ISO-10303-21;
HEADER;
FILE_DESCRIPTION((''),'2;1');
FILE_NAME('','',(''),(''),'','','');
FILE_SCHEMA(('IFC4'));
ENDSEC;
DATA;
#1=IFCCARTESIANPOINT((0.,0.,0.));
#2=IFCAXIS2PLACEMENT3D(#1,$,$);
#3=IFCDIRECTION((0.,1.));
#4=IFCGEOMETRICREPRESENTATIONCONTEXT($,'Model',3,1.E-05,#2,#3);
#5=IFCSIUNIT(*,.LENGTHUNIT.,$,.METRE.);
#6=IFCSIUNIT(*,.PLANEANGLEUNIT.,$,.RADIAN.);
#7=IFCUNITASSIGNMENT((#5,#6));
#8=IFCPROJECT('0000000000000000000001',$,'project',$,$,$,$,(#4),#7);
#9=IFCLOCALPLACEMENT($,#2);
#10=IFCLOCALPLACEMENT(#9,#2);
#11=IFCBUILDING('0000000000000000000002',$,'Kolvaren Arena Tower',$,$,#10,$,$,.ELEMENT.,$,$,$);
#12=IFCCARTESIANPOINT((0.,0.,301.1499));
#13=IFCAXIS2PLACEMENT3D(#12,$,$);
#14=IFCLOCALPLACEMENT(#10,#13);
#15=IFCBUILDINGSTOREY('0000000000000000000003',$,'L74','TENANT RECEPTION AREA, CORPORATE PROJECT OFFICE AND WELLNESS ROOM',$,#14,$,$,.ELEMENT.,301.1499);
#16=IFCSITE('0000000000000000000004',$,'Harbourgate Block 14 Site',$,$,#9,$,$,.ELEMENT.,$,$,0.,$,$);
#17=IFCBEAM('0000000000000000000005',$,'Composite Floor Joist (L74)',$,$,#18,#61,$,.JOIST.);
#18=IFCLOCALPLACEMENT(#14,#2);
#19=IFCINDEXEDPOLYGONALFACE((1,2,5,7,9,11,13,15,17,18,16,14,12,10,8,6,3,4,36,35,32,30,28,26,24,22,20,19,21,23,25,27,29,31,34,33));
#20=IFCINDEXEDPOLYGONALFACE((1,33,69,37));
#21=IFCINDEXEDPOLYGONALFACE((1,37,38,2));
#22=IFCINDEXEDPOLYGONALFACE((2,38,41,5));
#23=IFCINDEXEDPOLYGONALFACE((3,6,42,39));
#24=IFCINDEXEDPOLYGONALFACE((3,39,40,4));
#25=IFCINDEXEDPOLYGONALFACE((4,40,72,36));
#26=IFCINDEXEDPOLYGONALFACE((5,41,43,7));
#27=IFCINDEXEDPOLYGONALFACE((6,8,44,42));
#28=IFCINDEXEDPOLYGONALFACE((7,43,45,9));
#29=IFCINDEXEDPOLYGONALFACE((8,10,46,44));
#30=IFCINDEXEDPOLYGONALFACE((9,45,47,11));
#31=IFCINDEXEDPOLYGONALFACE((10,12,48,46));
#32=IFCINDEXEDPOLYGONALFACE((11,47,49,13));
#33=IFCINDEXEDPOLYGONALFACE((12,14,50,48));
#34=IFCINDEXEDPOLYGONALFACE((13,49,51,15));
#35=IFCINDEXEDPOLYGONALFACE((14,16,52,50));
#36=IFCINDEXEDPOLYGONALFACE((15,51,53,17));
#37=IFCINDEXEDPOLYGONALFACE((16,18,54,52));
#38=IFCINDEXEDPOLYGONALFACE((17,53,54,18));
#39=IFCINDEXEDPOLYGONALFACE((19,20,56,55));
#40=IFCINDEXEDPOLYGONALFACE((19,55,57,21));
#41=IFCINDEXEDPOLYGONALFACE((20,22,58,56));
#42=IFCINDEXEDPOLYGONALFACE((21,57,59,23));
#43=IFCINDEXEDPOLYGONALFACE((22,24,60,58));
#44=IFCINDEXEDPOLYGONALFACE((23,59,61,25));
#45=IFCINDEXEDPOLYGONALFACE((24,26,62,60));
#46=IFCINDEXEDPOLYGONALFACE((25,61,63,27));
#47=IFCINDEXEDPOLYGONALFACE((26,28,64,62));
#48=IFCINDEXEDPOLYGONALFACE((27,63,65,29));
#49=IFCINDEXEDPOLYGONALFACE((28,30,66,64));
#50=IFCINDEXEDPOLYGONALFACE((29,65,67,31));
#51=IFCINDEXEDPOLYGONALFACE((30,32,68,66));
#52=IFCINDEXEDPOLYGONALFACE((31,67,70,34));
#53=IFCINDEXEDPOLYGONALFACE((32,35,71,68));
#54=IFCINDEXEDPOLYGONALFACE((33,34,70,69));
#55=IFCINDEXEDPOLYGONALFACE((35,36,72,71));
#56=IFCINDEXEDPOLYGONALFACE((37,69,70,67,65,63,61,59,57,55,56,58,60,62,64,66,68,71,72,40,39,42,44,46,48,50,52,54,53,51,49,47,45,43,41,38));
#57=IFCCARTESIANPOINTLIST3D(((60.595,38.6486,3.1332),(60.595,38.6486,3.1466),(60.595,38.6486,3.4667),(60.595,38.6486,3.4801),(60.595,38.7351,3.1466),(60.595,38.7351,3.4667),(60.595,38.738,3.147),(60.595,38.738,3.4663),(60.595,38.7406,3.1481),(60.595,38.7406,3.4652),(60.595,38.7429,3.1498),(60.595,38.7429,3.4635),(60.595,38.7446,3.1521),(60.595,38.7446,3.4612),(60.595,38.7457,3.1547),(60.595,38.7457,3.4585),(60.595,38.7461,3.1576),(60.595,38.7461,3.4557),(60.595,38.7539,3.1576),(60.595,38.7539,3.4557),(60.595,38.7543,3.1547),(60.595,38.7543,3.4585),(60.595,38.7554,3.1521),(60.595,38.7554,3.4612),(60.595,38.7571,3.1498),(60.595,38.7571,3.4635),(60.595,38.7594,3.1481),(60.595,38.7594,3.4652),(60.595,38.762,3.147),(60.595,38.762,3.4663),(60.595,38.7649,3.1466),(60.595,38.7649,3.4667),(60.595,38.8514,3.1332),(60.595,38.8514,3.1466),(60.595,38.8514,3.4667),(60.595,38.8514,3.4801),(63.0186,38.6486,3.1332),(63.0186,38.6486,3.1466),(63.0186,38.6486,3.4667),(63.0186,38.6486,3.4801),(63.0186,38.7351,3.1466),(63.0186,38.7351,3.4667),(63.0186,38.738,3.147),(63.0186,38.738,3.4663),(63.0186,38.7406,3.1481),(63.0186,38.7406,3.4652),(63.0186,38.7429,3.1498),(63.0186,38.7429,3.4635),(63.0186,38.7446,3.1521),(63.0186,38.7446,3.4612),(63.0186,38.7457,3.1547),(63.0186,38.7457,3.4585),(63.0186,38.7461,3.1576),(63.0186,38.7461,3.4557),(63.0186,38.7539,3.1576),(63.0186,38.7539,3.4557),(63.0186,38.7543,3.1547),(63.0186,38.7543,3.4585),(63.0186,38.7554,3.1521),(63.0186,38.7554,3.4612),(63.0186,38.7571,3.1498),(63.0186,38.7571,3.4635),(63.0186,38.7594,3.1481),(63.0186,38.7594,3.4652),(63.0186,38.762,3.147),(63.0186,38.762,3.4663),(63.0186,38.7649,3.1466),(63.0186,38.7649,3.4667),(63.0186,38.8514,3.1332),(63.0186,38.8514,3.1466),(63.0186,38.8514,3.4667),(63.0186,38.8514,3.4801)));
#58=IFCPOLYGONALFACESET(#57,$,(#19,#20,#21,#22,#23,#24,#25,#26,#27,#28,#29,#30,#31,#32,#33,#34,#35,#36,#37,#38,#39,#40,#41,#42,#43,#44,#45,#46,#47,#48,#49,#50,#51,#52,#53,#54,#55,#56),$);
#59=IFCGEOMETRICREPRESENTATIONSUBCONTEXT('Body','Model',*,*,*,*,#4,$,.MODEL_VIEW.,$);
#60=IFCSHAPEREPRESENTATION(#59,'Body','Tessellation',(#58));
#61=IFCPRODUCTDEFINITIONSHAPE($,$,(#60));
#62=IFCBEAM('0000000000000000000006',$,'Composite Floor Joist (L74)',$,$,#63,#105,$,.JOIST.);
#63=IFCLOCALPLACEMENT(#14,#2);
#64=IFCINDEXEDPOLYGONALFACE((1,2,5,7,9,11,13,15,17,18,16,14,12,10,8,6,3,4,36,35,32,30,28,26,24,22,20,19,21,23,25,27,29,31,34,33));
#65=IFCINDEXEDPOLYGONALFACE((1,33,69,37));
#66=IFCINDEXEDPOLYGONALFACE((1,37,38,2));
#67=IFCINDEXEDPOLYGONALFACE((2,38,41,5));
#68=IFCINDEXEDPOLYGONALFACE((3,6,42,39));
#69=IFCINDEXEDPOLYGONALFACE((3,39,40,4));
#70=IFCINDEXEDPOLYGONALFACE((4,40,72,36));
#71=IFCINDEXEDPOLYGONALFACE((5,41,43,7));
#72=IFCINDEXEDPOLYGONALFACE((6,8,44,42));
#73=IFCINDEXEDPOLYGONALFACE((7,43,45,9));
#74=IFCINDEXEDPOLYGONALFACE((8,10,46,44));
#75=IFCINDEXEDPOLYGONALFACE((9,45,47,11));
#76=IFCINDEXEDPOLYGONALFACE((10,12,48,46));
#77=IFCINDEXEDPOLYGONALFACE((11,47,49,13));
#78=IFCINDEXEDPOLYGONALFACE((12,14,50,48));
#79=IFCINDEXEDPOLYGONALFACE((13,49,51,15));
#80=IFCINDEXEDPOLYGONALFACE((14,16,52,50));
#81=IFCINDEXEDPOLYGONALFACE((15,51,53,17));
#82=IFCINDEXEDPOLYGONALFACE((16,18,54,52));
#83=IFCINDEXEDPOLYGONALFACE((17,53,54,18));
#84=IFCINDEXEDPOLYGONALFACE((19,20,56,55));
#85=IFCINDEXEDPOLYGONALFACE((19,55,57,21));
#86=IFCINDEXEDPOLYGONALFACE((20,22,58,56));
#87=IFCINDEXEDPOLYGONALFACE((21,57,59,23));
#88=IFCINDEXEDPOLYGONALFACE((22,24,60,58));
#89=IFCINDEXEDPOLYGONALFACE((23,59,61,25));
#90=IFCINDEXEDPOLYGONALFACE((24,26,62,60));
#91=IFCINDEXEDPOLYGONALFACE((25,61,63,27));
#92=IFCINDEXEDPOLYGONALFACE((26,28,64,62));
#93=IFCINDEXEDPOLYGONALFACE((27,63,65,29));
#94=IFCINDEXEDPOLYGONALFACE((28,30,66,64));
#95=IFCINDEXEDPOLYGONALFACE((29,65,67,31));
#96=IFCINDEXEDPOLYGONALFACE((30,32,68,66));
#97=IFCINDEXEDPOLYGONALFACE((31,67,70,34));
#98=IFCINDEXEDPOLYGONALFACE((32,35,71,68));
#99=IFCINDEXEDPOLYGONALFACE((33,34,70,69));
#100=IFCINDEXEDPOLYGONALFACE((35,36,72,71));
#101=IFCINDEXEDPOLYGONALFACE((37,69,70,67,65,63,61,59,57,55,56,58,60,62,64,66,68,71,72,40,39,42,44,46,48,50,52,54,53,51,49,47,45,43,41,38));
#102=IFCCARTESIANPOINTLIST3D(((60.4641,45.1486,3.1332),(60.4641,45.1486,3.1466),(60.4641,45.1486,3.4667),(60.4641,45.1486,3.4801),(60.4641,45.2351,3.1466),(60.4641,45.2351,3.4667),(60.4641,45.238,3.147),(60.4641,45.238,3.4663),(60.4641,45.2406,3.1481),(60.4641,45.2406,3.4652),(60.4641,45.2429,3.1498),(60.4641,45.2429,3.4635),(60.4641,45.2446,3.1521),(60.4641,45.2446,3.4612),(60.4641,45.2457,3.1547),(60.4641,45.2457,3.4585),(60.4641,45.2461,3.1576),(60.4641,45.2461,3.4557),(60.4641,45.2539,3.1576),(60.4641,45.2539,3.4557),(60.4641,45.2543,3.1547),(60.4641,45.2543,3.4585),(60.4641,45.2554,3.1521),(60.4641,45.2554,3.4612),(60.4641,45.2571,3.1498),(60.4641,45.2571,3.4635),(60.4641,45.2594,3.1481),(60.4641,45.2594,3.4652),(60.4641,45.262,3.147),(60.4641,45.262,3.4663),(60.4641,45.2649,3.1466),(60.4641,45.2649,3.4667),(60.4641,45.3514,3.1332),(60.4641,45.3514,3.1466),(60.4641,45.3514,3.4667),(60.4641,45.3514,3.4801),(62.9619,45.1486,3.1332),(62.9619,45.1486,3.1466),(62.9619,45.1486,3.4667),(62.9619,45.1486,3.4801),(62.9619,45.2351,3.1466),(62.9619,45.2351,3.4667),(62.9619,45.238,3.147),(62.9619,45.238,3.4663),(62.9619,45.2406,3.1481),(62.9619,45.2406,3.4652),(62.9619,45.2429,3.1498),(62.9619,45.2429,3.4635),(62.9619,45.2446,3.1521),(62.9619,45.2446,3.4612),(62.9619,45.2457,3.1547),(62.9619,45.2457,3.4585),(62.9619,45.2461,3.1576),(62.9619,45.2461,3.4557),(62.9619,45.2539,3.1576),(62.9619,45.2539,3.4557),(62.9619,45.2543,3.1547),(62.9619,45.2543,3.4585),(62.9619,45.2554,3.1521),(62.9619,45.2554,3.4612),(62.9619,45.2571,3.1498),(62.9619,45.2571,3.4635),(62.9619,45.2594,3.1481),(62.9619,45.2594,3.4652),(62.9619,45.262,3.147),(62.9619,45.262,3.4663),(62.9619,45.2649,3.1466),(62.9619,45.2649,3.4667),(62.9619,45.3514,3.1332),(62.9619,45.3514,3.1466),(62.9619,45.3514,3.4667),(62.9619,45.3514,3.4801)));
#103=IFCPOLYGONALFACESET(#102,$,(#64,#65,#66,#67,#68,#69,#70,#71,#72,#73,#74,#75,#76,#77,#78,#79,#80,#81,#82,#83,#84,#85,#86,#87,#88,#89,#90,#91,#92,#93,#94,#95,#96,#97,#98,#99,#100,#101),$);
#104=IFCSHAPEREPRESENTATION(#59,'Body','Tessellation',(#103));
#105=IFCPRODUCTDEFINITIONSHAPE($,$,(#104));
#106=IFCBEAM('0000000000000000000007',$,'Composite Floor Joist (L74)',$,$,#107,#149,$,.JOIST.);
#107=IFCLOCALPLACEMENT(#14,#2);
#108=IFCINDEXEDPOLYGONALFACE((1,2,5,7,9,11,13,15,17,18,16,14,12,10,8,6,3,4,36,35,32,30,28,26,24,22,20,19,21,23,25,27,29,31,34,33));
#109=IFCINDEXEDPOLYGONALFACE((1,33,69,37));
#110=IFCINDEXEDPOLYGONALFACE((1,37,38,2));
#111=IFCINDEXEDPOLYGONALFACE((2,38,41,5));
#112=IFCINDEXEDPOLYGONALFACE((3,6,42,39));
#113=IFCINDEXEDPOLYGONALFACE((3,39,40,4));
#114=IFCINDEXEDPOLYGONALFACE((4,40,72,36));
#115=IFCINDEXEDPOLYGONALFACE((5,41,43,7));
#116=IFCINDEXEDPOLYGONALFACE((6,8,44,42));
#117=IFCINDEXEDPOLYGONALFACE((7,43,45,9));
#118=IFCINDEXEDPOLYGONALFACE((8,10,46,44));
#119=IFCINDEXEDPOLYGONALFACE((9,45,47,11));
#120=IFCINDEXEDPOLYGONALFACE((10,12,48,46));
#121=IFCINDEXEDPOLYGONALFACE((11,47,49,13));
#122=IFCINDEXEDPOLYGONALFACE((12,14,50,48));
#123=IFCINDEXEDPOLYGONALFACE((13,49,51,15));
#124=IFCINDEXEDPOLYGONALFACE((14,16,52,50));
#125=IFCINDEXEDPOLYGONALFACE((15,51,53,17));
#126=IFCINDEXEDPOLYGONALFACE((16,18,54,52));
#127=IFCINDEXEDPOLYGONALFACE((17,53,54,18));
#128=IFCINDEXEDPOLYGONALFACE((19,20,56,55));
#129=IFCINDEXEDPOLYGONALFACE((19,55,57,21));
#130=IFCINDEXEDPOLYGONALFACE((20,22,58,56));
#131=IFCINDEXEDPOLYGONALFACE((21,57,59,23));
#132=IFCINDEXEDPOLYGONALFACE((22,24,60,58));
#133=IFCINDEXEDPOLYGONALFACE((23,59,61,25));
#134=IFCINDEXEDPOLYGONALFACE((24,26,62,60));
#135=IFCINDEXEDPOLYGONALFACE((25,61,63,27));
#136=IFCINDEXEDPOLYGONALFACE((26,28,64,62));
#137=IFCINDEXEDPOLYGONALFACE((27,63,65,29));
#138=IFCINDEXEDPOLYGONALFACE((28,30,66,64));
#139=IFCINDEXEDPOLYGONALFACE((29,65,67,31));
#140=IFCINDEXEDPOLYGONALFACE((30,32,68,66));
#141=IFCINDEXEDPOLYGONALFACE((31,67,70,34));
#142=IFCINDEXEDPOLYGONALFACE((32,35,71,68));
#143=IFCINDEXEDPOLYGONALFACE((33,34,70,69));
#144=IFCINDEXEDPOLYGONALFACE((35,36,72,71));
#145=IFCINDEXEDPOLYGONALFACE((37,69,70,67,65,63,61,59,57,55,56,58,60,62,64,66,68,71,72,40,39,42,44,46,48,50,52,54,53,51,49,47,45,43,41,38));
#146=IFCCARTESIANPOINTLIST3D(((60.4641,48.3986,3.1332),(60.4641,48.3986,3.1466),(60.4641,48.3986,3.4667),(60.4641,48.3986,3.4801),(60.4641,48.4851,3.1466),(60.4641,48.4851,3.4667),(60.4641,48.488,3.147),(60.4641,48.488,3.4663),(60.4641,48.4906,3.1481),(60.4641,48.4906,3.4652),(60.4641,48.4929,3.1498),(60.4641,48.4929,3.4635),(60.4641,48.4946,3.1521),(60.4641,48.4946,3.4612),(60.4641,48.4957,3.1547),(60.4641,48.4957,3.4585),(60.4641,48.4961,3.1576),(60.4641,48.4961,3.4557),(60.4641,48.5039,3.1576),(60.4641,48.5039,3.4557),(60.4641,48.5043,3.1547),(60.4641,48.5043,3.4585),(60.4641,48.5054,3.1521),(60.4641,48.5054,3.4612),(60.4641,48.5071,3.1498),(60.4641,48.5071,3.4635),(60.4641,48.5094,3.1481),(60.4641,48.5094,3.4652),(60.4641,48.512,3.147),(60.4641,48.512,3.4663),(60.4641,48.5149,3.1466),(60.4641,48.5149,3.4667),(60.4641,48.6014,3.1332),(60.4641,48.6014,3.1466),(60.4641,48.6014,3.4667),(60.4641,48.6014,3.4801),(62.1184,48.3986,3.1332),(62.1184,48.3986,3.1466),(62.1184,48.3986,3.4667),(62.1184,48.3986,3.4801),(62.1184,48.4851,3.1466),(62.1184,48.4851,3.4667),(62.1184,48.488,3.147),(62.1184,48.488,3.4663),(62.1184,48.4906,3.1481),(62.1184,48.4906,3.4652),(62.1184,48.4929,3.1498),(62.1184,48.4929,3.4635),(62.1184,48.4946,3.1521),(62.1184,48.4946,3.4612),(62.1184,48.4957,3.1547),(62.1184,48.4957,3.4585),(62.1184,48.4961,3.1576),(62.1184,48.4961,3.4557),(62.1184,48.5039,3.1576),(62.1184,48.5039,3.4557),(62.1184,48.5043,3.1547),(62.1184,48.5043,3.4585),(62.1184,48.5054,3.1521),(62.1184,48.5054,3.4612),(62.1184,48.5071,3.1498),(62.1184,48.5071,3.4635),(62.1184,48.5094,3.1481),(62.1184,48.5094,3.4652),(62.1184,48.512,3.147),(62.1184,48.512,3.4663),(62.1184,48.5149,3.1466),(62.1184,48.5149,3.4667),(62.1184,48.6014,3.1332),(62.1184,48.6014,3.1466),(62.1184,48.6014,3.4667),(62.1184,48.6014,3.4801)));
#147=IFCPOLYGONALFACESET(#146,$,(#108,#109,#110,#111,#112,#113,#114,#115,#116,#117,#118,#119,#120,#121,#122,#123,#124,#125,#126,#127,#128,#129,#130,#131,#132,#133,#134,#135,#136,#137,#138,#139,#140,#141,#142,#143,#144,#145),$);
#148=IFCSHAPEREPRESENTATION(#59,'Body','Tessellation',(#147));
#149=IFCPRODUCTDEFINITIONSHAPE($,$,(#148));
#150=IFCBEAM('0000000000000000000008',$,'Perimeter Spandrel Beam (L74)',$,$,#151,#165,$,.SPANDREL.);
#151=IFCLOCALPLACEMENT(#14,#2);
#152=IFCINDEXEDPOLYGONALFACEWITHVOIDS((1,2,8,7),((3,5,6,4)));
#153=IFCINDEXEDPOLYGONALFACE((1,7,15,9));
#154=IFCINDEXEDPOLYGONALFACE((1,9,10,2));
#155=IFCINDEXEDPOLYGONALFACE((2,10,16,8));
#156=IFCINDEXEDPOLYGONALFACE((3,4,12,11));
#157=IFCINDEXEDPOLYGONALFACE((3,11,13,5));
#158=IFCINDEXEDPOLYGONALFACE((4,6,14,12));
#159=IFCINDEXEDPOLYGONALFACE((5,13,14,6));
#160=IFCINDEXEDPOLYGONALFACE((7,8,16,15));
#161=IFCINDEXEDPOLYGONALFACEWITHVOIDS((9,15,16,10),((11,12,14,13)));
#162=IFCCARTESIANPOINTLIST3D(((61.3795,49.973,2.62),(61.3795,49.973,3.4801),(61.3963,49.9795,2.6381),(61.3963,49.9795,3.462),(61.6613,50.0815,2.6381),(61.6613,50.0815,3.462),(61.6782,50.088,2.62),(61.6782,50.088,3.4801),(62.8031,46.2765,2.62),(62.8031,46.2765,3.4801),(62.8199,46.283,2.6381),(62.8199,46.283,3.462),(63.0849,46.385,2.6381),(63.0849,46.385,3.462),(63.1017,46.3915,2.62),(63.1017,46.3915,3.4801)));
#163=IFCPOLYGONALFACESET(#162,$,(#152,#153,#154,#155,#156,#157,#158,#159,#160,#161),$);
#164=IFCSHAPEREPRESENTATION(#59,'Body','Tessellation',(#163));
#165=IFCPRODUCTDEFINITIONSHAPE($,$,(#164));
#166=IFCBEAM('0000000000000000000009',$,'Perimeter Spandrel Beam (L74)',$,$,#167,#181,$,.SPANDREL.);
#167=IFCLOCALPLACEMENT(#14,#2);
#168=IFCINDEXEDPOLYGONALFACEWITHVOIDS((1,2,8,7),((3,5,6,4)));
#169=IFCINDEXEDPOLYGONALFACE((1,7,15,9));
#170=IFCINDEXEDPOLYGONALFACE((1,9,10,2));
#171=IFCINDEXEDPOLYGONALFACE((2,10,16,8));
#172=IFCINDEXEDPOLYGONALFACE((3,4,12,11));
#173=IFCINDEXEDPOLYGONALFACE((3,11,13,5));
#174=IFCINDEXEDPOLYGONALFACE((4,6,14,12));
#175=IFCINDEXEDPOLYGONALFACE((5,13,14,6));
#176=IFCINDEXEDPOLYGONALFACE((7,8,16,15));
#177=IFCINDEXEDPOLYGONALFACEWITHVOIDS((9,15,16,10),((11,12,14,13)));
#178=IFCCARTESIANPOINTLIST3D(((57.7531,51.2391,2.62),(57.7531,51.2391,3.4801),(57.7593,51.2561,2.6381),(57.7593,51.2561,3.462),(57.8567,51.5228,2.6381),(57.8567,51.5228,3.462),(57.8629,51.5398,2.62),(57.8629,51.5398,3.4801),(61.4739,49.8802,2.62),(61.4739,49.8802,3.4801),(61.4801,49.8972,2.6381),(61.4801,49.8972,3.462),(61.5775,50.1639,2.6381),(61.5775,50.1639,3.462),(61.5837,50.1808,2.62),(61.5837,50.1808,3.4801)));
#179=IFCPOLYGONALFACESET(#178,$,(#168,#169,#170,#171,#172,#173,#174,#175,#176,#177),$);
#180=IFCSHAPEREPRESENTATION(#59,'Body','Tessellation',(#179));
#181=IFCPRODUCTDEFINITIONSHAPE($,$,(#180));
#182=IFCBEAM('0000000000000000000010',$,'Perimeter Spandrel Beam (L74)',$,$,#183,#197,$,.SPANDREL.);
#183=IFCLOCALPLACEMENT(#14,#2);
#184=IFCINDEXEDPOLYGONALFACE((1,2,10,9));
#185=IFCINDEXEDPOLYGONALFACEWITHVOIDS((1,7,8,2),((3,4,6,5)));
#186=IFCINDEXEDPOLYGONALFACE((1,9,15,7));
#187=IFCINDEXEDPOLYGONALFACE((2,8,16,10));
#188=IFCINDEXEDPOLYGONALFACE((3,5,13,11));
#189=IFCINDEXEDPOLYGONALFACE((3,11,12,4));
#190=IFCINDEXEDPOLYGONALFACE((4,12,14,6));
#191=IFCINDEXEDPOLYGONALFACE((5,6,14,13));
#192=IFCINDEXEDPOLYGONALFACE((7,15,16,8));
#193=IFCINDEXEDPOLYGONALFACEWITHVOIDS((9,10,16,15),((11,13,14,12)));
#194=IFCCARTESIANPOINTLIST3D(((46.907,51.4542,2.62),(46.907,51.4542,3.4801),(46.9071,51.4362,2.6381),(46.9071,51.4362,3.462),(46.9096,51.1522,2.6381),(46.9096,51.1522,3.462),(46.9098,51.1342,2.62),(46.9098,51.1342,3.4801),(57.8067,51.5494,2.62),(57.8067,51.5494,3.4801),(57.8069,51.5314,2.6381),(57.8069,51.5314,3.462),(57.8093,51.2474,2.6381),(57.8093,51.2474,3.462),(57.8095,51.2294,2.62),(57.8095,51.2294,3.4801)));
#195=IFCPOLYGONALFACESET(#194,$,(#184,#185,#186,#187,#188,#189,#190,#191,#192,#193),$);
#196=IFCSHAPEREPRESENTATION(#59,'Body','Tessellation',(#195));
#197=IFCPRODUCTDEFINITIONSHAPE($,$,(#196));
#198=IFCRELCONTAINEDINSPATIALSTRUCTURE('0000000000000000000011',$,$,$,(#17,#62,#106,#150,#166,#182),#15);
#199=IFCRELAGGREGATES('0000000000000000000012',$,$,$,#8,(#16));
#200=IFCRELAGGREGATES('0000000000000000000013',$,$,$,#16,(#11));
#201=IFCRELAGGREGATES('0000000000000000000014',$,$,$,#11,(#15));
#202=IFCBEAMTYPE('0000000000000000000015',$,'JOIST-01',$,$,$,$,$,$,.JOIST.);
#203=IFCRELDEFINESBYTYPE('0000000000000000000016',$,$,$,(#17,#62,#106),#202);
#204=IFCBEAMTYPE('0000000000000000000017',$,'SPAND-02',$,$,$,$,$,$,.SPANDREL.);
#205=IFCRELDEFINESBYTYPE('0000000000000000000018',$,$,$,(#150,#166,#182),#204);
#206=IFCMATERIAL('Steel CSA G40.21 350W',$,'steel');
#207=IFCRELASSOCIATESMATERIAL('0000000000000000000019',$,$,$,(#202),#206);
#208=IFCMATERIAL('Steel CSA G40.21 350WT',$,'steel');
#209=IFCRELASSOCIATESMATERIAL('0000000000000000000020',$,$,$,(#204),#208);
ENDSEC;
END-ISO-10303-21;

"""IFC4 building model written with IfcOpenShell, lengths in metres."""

from ifc_helpers import new_model, si_unit, direction, frame, origin, origin_2d, place, context, subcontext, project, spatial, hollow_rectangle, i_section, extrude, material, material_profile, profile_set, type_object, element, save


model = new_model("IFC4")

# Units and contexts
model_context = context("Model", 3, precision=1e-05, world=origin(), true_north=direction((0.0, 1.0)))
body_context = subcontext(model_context, "Body", "Model", "MODEL_VIEW")
ifc_project = project(units=[si_unit("LENGTHUNIT", "METRE"), si_unit("PLANEANGLEUNIT", "RADIAN")], contexts=[model_context])

# Site, building, storey
site_placement = place(None, origin())
site = spatial("IfcSite", under=ifc_project, at=site_placement, Name="Harbourgate Block 14 Site", CompositionType="ELEMENT", RefElevation=0.0)
building_placement = place(site_placement, origin())
building = spatial("IfcBuilding", under=site, at=building_placement, Name="Kolvaren Arena Tower", CompositionType="ELEMENT")
storey_placement = place(building_placement, frame((0.0, 0.0, 301.1499)))
storey = spatial("IfcBuildingStorey", under=building, at=storey_placement, Name="L74", Description="TENANT RECEPTION AREA, CORPORATE PROJECT OFFICE AND WELLNESS ROOM", CompositionType="ELEMENT", Elevation=301.1499)

# Beams
ifc_material_1 = material(Name="Steel CSA G40.21 350W", Category="steel")
ifc_material_profile_1 = material_profile(ifc_material_1, i_section(OverallWidth=0.2029, OverallDepth=0.3469, WebThickness=0.0078, FlangeThickness=0.0134, FilletRadius=0.011, at=origin_2d()), Name="W360x64")
ifc_profile_set_1 = profile_set([ifc_material_profile_1], Name="Steel CSA G40.21 350W")
beam_type_1 = type_object("IfcBeamType", Name="JOIST-01", PredefinedType="JOIST", material=ifc_profile_set_1)
beam_1_placement = place(storey_placement, frame((60.595, 38.75, 3.3066), z_axis=(1.0, 0.0, 0.0), x_axis=(0.0, 1.0, 0.0)))
element("IfcBeam", 1, at=beam_1_placement, inside=storey, type_object=beam_type_1, Name="Composite Floor Joist (L74)", PredefinedType="JOIST", context=body_context, shape_type="SweptSolid", body=[
    extrude(i_section(OverallWidth=0.2029, OverallDepth=0.3469, WebThickness=0.0078, FlangeThickness=0.0134, FilletRadius=0.011, at=origin_2d()), origin(), (0.0, 0.0, 1.0), 2.4236),
])
beam_2_placement = place(storey_placement, frame((60.4641, 45.25, 3.3066), z_axis=(1.0, 0.0, 0.0), x_axis=(0.0, 1.0, 0.0)))
element("IfcBeam", 2, at=beam_2_placement, inside=storey, type_object=beam_type_1, Name="Composite Floor Joist (L74)", PredefinedType="JOIST", context=body_context, shape_type="SweptSolid", body=[
    extrude(i_section(OverallWidth=0.2029, OverallDepth=0.3469, WebThickness=0.0078, FlangeThickness=0.0134, FilletRadius=0.011, at=origin_2d()), origin(), (0.0, 0.0, 1.0), 2.4978),
])
beam_3_placement = place(storey_placement, frame((60.4641, 48.5, 3.3066), z_axis=(1.0, 0.0, 0.0), x_axis=(0.0, 1.0, 0.0)))
element("IfcBeam", 3, at=beam_3_placement, inside=storey, type_object=beam_type_1, Name="Composite Floor Joist (L74)", PredefinedType="JOIST", context=body_context, shape_type="SweptSolid", body=[
    extrude(i_section(OverallWidth=0.2029, OverallDepth=0.3469, WebThickness=0.0078, FlangeThickness=0.0134, FilletRadius=0.011, at=origin_2d()), origin(), (0.0, 0.0, 1.0), 1.6543),
])
ifc_material_2 = material(Name="Steel CSA G40.21 350WT", Category="steel")
ifc_material_profile_2 = material_profile(ifc_material_2, hollow_rectangle(XDim=0.3201, YDim=0.8601, WallThickness=0.0181, at=origin_2d()), Name="HSS 860x320x18")
ifc_profile_set_2 = profile_set([ifc_material_profile_2], Name="Steel CSA G40.21 350WT")
beam_type_2 = type_object("IfcBeamType", Name="SPAND-02", PredefinedType="SPANDREL", material=ifc_profile_set_2)
for number, where, z_axis, x_axis, name in (
    (4, (62.9524, 46.334, 3.05), (-0.359384, 0.93319, 0.0), (-0.93319, -0.359384, 0.0), "Perimeter Spandrel Beam (L74)"),
    (5, (61.5288, 50.0305, 3.05), (-0.939314, 0.343059, 0.0), (-0.343059, -0.939314, 0.0), "Perimeter Spandrel Beam (L74)"),
):
    element("IfcBeam", number, at=place(storey_placement, frame(where, z_axis=z_axis, x_axis=x_axis)), inside=storey, type_object=beam_type_2, Name=name, PredefinedType="SPANDREL", context=body_context, shape_type="SweptSolid", body=[
        extrude(hollow_rectangle(XDim=0.3201, YDim=0.8601, WallThickness=0.0181, at=origin_2d()), origin(), (0.0, 0.0, 1.0), 3.9612),
    ])
beam_4_placement = place(storey_placement, frame((57.8081, 51.3894, 3.05), z_axis=(-0.999962, -0.008735, 0.0), x_axis=(0.008735, -0.999962, 0.0)))
element("IfcBeam", 6, at=beam_4_placement, inside=storey, type_object=beam_type_2, Name="Perimeter Spandrel Beam (L74)", PredefinedType="SPANDREL", context=body_context, shape_type="SweptSolid", body=[
    extrude(hollow_rectangle(XDim=0.3201, YDim=0.8601, WallThickness=0.0181, at=origin_2d()), origin(), (0.0, 0.0, 1.0), 10.9001),
])

save(model, "model.ifc")
